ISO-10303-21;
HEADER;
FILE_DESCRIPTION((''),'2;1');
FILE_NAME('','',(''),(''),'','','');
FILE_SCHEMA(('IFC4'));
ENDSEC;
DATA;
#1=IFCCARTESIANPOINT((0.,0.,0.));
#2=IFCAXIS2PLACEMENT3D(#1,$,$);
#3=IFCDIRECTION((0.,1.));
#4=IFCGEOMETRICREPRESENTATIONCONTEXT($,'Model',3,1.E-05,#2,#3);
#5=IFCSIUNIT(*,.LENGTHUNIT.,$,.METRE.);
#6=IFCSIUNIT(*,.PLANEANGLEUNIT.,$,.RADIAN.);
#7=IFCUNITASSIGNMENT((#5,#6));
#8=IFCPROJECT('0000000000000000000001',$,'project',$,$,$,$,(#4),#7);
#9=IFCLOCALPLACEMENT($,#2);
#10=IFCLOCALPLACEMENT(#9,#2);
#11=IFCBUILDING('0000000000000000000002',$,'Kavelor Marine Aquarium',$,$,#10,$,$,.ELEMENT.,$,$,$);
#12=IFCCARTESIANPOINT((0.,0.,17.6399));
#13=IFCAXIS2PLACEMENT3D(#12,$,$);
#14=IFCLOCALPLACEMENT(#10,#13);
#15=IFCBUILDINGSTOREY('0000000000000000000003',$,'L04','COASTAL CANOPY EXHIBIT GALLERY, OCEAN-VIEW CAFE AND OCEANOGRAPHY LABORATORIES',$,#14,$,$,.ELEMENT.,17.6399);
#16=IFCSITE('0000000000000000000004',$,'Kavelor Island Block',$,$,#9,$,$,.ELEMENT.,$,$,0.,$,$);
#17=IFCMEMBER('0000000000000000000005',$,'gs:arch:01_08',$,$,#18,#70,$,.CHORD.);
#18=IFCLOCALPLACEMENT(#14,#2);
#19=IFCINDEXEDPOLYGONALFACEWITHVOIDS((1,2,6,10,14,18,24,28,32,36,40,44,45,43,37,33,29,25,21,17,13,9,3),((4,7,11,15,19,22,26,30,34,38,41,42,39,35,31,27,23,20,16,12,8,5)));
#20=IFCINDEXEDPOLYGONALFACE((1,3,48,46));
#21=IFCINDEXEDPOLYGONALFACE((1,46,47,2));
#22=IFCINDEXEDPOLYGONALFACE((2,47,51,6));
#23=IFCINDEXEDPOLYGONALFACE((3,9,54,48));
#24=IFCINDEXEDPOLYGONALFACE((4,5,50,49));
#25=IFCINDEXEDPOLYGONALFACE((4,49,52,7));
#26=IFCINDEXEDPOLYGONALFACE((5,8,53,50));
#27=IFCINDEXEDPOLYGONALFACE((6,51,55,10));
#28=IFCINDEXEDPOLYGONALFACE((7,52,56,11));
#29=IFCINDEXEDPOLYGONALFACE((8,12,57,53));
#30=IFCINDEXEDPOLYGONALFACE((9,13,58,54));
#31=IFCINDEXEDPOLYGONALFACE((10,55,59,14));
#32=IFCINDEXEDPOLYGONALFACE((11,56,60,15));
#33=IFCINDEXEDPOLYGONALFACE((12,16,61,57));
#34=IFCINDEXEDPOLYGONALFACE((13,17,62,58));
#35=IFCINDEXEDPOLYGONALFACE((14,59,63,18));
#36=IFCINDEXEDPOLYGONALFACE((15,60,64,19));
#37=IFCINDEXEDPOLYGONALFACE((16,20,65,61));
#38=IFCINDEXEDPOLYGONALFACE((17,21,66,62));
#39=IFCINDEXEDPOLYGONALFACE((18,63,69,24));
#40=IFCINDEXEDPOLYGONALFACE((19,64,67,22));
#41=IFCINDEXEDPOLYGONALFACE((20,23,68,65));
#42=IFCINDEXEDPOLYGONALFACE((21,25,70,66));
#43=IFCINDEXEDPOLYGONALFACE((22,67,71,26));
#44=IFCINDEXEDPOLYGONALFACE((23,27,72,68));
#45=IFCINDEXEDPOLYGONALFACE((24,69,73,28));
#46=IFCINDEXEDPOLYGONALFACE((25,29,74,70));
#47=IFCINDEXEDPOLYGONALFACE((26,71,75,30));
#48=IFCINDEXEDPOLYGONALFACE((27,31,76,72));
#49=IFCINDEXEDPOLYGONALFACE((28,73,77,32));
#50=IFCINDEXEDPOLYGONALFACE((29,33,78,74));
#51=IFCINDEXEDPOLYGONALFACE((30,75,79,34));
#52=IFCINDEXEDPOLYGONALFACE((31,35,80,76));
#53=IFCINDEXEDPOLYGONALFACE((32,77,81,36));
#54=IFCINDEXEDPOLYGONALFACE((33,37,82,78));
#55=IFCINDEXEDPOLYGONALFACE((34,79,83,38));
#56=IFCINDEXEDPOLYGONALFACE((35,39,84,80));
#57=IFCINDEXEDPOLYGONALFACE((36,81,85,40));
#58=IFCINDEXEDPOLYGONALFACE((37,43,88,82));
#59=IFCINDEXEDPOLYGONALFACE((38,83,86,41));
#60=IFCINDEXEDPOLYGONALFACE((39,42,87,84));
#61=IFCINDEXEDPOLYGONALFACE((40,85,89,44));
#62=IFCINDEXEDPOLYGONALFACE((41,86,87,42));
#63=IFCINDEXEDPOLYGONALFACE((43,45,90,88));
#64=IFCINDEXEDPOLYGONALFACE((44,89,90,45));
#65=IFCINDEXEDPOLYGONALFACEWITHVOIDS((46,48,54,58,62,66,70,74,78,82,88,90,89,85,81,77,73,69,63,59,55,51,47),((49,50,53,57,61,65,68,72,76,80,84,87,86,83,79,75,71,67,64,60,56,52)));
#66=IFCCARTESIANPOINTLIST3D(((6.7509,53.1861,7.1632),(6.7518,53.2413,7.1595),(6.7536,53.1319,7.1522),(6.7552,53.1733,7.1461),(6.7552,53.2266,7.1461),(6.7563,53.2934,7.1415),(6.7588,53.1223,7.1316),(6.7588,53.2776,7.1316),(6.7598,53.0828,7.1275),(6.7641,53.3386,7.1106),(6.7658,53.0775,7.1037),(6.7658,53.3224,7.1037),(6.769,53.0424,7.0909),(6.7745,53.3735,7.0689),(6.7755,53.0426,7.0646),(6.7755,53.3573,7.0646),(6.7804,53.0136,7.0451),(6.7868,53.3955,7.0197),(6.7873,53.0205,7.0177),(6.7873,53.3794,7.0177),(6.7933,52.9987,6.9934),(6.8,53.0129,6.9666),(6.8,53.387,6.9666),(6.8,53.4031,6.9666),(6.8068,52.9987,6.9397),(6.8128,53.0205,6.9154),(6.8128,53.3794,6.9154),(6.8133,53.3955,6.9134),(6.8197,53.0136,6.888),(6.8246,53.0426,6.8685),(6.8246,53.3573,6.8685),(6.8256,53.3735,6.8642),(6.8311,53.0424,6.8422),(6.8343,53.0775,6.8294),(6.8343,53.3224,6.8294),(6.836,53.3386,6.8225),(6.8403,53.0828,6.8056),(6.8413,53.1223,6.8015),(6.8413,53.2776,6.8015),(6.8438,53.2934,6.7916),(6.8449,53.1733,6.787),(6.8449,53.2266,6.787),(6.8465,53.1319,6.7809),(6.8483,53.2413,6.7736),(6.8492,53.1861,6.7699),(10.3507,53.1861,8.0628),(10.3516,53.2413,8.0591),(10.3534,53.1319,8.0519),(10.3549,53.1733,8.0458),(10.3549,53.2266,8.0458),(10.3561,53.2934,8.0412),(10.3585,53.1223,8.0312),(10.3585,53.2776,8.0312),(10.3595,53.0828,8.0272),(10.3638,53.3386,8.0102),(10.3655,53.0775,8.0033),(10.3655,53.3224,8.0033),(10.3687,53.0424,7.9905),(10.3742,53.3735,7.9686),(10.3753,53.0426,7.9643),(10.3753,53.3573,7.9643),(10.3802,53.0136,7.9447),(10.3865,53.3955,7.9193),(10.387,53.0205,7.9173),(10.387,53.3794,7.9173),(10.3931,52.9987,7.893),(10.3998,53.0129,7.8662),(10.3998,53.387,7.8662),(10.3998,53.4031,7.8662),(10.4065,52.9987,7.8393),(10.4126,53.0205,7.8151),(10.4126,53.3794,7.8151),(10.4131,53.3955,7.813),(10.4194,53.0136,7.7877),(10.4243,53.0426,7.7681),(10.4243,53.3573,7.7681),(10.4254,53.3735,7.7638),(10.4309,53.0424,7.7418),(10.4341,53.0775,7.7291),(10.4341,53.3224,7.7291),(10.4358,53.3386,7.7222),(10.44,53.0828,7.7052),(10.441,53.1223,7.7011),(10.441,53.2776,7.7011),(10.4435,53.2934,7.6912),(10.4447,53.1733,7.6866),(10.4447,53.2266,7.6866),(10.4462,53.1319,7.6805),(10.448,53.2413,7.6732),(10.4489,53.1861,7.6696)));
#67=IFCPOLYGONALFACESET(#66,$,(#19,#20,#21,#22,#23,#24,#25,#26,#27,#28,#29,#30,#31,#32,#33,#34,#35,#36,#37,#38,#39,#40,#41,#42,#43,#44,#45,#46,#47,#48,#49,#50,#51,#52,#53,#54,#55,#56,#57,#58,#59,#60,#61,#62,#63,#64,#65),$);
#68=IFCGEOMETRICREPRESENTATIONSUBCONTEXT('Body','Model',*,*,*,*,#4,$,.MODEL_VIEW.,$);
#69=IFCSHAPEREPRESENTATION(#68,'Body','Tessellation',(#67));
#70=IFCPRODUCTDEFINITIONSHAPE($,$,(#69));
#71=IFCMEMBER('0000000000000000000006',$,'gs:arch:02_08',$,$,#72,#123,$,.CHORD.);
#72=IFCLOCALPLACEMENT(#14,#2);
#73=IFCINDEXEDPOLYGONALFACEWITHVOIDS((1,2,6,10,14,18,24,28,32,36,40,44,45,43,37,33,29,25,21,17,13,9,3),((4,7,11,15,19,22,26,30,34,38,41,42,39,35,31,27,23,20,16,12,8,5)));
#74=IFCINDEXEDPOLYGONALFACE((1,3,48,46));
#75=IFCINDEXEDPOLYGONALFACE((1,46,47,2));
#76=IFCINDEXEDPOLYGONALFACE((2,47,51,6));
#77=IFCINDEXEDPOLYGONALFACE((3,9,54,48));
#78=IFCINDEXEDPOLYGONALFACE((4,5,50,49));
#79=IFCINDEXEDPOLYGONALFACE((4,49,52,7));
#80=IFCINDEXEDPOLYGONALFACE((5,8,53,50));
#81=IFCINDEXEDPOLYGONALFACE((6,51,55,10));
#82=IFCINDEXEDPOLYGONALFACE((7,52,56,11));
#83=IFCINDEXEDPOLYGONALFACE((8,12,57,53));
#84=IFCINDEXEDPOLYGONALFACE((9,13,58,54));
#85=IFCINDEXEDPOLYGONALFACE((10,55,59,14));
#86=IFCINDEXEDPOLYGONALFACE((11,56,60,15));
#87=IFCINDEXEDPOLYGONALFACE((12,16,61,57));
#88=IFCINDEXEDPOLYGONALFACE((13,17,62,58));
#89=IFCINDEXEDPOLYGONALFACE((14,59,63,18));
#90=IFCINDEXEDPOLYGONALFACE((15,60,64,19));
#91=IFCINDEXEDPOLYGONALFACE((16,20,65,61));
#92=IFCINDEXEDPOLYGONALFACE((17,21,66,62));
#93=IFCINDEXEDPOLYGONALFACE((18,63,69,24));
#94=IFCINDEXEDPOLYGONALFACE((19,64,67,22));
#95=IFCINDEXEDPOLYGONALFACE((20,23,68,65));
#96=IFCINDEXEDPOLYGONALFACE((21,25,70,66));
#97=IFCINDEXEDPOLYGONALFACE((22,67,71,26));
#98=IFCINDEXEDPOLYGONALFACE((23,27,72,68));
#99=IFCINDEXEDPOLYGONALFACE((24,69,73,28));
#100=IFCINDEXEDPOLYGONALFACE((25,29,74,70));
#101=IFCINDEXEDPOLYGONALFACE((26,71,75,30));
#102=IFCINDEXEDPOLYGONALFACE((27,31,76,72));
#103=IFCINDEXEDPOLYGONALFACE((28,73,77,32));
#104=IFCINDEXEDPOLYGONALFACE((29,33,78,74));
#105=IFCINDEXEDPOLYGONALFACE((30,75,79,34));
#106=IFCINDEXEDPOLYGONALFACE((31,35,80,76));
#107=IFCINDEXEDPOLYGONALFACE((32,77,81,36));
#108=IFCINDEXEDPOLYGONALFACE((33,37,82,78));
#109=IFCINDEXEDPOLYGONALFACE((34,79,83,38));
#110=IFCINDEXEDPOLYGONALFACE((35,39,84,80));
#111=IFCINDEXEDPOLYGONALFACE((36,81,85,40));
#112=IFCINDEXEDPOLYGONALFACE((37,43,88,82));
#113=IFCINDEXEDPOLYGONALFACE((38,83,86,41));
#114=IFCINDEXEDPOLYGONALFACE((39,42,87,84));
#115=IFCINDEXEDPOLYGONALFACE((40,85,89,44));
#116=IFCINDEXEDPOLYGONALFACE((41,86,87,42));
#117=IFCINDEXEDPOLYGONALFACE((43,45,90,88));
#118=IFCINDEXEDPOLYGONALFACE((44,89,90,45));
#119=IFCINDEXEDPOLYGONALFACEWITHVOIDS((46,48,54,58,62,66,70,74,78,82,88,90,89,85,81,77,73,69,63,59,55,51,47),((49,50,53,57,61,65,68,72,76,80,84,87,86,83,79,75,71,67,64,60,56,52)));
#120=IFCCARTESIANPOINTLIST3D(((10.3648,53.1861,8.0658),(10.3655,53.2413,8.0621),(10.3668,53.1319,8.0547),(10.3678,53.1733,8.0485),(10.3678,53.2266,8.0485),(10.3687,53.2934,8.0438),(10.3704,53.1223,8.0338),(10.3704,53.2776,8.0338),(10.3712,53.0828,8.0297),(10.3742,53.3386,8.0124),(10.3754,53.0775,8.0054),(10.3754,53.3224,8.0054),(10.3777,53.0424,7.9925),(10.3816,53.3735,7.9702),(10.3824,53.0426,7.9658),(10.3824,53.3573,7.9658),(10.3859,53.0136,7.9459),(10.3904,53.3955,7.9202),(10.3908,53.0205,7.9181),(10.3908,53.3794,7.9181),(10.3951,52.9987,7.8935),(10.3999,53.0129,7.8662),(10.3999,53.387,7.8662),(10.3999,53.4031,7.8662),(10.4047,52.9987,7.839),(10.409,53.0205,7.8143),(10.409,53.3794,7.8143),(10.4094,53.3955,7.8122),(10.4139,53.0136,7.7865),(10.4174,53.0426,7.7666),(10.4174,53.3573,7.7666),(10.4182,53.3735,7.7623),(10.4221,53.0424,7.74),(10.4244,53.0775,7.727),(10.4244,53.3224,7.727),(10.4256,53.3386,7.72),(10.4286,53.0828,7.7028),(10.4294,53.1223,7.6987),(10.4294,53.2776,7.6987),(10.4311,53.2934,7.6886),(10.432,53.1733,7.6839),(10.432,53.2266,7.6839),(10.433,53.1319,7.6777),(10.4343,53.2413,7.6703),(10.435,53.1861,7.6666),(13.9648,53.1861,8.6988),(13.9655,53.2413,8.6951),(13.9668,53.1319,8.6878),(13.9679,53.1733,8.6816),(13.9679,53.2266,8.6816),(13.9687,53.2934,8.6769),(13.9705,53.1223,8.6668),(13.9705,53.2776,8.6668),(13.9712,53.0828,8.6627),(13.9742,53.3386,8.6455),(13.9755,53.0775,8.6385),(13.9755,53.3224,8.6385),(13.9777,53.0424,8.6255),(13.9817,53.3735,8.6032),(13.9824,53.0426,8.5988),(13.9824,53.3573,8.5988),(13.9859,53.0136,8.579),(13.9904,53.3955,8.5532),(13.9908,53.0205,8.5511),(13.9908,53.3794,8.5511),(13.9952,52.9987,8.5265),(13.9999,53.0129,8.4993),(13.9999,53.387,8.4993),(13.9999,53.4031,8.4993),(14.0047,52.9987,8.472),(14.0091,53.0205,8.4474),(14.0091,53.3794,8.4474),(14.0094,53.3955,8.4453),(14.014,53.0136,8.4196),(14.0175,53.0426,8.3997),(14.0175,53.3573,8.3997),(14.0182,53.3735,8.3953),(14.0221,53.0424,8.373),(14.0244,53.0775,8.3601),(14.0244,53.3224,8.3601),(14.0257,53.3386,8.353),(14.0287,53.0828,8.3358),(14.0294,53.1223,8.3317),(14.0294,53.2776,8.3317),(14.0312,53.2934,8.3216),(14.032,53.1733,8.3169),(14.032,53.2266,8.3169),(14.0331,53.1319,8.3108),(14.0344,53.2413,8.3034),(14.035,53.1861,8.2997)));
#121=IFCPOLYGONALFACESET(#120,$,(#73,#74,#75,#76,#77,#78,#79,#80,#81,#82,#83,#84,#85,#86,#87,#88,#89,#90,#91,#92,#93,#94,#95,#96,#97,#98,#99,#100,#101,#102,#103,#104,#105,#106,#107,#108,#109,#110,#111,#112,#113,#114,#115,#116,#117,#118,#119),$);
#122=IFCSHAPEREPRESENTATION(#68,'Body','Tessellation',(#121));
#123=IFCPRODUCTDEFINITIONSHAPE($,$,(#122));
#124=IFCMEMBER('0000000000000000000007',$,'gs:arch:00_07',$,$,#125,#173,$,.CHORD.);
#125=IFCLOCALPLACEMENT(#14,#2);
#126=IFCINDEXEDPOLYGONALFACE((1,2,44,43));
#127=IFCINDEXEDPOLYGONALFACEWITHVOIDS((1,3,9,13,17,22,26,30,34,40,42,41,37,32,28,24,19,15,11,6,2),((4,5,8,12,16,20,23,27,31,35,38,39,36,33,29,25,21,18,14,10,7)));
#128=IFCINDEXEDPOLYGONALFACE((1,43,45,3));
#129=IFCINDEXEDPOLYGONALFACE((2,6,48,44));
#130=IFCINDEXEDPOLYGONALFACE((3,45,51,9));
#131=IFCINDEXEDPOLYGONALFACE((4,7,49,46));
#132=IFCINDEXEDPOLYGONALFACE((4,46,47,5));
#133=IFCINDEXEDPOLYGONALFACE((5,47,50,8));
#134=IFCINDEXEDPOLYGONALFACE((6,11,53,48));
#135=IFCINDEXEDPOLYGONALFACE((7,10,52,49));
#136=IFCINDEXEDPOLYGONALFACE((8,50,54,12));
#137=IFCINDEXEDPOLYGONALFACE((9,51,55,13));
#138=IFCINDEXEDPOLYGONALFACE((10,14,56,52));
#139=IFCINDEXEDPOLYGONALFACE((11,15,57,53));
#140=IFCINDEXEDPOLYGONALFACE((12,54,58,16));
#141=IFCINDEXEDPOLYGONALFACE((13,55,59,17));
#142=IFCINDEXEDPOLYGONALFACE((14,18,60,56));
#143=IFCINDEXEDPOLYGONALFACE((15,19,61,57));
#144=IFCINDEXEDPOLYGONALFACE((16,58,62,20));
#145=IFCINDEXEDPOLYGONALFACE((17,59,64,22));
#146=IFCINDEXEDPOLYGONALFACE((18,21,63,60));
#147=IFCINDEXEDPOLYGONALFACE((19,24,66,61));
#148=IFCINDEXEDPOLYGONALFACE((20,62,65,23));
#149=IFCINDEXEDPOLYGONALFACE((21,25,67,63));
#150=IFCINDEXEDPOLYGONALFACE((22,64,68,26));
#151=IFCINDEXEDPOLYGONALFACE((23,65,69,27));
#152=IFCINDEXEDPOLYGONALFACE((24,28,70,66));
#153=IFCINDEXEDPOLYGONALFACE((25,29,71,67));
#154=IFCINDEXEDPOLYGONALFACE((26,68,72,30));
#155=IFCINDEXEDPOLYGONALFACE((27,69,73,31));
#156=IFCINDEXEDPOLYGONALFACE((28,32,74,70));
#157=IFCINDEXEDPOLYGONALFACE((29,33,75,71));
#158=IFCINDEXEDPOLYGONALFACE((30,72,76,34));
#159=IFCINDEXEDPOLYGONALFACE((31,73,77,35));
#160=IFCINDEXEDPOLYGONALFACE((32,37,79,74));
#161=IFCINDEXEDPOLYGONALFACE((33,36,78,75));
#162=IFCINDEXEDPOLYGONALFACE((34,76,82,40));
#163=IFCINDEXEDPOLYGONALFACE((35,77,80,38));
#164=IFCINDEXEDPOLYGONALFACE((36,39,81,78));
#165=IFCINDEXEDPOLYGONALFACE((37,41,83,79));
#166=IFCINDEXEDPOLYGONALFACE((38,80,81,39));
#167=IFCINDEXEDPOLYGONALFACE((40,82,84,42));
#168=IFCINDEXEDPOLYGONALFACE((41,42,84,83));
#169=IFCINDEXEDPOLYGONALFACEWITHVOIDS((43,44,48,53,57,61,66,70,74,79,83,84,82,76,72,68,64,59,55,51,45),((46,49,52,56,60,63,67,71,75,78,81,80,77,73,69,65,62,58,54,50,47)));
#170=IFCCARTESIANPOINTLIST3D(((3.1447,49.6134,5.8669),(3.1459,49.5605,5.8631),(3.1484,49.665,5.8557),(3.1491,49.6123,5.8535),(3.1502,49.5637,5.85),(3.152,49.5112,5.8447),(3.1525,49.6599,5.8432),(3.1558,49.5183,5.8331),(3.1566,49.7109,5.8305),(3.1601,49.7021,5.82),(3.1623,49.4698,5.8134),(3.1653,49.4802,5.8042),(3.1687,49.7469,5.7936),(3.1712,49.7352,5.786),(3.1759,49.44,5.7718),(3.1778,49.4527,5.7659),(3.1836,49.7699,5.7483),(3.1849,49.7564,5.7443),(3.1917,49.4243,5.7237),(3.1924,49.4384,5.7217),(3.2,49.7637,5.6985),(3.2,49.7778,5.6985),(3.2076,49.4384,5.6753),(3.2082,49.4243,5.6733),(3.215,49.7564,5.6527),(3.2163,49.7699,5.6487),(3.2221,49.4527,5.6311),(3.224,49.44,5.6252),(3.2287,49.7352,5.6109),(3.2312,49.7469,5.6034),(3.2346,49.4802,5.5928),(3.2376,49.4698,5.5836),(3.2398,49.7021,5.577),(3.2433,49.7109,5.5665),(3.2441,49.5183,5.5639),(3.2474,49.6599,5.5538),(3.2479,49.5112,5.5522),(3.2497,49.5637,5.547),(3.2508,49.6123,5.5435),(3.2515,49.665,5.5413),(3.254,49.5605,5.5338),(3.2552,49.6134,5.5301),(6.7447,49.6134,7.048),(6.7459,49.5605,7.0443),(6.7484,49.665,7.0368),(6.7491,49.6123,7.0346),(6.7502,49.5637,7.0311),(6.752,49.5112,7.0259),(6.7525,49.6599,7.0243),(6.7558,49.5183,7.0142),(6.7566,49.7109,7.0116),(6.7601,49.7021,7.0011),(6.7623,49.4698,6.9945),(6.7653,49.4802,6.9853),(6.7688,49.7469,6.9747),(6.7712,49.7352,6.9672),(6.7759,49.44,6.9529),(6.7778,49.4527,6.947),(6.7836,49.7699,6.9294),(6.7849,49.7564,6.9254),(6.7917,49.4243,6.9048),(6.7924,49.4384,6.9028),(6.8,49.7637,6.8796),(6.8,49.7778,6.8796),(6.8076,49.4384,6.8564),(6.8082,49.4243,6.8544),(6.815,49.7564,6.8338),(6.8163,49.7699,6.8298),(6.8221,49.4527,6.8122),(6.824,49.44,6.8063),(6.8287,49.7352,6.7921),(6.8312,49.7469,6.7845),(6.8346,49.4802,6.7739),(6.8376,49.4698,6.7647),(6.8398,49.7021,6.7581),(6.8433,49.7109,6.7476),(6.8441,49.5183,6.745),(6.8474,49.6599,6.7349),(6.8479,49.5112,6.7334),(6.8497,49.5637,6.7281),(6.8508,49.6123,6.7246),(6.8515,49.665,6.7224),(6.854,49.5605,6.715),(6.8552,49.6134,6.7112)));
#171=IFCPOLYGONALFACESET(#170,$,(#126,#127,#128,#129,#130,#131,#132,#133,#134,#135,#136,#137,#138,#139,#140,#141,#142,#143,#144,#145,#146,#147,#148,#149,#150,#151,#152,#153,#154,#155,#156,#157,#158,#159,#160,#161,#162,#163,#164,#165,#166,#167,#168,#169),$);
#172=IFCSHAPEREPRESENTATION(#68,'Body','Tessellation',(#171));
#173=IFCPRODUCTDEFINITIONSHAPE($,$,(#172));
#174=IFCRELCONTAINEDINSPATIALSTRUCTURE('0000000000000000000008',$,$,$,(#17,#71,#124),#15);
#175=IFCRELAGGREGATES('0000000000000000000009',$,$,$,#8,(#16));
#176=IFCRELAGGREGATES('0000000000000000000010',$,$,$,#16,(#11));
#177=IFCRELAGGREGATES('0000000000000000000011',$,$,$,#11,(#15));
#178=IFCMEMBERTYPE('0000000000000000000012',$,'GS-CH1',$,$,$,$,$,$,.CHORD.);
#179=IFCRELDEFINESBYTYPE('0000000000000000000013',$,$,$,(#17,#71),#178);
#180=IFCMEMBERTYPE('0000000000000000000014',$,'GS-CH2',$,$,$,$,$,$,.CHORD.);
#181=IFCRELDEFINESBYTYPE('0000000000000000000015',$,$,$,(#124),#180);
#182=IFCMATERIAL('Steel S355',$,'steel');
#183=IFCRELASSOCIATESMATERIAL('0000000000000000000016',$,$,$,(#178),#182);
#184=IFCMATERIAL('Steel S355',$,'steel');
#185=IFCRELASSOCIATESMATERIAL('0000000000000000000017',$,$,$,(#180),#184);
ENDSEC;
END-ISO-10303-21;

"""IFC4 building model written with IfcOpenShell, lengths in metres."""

from ifc_helpers import new_model, si_unit, direction, frame, origin, origin_2d, place, context, subcontext, project, spatial, hollow_circle, extrude, material, material_profile, profile_set, type_object, element, save


model = new_model("IFC4")

# Units and contexts
model_context = context("Model", 3, precision=1e-05, world=origin(), true_north=direction((0.0, 1.0)))
body_context = subcontext(model_context, "Body", "Model", "MODEL_VIEW")
ifc_project = project(units=[si_unit("LENGTHUNIT", "METRE"), si_unit("PLANEANGLEUNIT", "RADIAN")], contexts=[model_context])

# Site, building, storey
site_placement = place(None, origin())
site = spatial("IfcSite", under=ifc_project, at=site_placement, Name="Kavelor Island Block", CompositionType="ELEMENT", RefElevation=0.0)
building_placement = place(site_placement, origin())
building = spatial("IfcBuilding", under=site, at=building_placement, Name="Kavelor Marine Aquarium", CompositionType="ELEMENT")
storey_placement = place(building_placement, frame((0.0, 0.0, 17.6399)))
storey = spatial("IfcBuildingStorey", under=building, at=storey_placement, Name="L04", Description="COASTAL CANOPY EXHIBIT GALLERY, OCEAN-VIEW CAFE AND OCEANOGRAPHY LABORATORIES", CompositionType="ELEMENT", Elevation=17.6399)

# Members
ifc_material_1 = material(Name="Steel S355", Category="steel")
ifc_material_profile_1 = material_profile(ifc_material_1, hollow_circle(Radius=0.2031, WallThickness=0.0161, at=origin_2d()), Name="CHS 406.4x16.0")
ifc_profile_set_1 = profile_set([ifc_material_profile_1], Name="Steel S355")
member_type_1 = type_object("IfcMemberType", Name="GS-CH1", PredefinedType="CHORD", material=ifc_profile_set_1)
member_1_placement = place(storey_placement, frame((6.8, 53.2, 6.9666), z_axis=(0.970162, 0.0, 0.242458), x_axis=(0.0, 1.0, 0.0)))
element("IfcMember", 1, at=member_1_placement, inside=storey, type_object=member_type_1, Name="gs:arch:01_08", PredefinedType="CHORD", context=body_context, shape_type="SweptSolid", body=[
    extrude(hollow_circle(Radius=0.2031, WallThickness=0.0161, at=origin_2d()), origin(), (0.0, 0.0, 1.0), 3.7104),
])
member_2_placement = place(storey_placement, frame((10.3999, 53.2, 7.8662), z_axis=(0.984889, 0.0, 0.173187), x_axis=(0.0, 1.0, 0.0)))
element("IfcMember", 2, at=member_2_placement, inside=storey, type_object=member_type_1, Name="gs:arch:02_08", PredefinedType="CHORD", context=body_context, shape_type="SweptSolid", body=[
    extrude(hollow_circle(Radius=0.2031, WallThickness=0.0161, at=origin_2d()), origin(), (0.0, 0.0, 1.0), 3.6553),
])
ifc_material_2 = material(Name="Steel S355", Category="steel")
ifc_material_profile_2 = material_profile(ifc_material_2, hollow_circle(Radius=0.1777, WallThickness=0.0142, at=origin_2d()), Name="CHS 355.6x14.2")
ifc_profile_set_2 = profile_set([ifc_material_profile_2], Name="Steel S355")
member_type_2 = type_object("IfcMemberType", Name="GS-CH2", PredefinedType="CHORD", material=ifc_profile_set_2)
member_3_placement = place(storey_placement, frame((3.2, 49.6001, 5.6985), z_axis=(0.950168, 0.0, 0.31174), x_axis=(0.0, 1.0, 0.0)))
element("IfcMember", 3, at=member_3_placement, inside=storey, type_object=member_type_2, Name="gs:arch:00_07", PredefinedType="CHORD", context=body_context, shape_type="SweptSolid", body=[
    extrude(hollow_circle(Radius=0.1777, WallThickness=0.0142, at=origin_2d()), origin(), (0.0, 0.0, 1.0), 3.7888),
])

save(model, "model.ifc")
